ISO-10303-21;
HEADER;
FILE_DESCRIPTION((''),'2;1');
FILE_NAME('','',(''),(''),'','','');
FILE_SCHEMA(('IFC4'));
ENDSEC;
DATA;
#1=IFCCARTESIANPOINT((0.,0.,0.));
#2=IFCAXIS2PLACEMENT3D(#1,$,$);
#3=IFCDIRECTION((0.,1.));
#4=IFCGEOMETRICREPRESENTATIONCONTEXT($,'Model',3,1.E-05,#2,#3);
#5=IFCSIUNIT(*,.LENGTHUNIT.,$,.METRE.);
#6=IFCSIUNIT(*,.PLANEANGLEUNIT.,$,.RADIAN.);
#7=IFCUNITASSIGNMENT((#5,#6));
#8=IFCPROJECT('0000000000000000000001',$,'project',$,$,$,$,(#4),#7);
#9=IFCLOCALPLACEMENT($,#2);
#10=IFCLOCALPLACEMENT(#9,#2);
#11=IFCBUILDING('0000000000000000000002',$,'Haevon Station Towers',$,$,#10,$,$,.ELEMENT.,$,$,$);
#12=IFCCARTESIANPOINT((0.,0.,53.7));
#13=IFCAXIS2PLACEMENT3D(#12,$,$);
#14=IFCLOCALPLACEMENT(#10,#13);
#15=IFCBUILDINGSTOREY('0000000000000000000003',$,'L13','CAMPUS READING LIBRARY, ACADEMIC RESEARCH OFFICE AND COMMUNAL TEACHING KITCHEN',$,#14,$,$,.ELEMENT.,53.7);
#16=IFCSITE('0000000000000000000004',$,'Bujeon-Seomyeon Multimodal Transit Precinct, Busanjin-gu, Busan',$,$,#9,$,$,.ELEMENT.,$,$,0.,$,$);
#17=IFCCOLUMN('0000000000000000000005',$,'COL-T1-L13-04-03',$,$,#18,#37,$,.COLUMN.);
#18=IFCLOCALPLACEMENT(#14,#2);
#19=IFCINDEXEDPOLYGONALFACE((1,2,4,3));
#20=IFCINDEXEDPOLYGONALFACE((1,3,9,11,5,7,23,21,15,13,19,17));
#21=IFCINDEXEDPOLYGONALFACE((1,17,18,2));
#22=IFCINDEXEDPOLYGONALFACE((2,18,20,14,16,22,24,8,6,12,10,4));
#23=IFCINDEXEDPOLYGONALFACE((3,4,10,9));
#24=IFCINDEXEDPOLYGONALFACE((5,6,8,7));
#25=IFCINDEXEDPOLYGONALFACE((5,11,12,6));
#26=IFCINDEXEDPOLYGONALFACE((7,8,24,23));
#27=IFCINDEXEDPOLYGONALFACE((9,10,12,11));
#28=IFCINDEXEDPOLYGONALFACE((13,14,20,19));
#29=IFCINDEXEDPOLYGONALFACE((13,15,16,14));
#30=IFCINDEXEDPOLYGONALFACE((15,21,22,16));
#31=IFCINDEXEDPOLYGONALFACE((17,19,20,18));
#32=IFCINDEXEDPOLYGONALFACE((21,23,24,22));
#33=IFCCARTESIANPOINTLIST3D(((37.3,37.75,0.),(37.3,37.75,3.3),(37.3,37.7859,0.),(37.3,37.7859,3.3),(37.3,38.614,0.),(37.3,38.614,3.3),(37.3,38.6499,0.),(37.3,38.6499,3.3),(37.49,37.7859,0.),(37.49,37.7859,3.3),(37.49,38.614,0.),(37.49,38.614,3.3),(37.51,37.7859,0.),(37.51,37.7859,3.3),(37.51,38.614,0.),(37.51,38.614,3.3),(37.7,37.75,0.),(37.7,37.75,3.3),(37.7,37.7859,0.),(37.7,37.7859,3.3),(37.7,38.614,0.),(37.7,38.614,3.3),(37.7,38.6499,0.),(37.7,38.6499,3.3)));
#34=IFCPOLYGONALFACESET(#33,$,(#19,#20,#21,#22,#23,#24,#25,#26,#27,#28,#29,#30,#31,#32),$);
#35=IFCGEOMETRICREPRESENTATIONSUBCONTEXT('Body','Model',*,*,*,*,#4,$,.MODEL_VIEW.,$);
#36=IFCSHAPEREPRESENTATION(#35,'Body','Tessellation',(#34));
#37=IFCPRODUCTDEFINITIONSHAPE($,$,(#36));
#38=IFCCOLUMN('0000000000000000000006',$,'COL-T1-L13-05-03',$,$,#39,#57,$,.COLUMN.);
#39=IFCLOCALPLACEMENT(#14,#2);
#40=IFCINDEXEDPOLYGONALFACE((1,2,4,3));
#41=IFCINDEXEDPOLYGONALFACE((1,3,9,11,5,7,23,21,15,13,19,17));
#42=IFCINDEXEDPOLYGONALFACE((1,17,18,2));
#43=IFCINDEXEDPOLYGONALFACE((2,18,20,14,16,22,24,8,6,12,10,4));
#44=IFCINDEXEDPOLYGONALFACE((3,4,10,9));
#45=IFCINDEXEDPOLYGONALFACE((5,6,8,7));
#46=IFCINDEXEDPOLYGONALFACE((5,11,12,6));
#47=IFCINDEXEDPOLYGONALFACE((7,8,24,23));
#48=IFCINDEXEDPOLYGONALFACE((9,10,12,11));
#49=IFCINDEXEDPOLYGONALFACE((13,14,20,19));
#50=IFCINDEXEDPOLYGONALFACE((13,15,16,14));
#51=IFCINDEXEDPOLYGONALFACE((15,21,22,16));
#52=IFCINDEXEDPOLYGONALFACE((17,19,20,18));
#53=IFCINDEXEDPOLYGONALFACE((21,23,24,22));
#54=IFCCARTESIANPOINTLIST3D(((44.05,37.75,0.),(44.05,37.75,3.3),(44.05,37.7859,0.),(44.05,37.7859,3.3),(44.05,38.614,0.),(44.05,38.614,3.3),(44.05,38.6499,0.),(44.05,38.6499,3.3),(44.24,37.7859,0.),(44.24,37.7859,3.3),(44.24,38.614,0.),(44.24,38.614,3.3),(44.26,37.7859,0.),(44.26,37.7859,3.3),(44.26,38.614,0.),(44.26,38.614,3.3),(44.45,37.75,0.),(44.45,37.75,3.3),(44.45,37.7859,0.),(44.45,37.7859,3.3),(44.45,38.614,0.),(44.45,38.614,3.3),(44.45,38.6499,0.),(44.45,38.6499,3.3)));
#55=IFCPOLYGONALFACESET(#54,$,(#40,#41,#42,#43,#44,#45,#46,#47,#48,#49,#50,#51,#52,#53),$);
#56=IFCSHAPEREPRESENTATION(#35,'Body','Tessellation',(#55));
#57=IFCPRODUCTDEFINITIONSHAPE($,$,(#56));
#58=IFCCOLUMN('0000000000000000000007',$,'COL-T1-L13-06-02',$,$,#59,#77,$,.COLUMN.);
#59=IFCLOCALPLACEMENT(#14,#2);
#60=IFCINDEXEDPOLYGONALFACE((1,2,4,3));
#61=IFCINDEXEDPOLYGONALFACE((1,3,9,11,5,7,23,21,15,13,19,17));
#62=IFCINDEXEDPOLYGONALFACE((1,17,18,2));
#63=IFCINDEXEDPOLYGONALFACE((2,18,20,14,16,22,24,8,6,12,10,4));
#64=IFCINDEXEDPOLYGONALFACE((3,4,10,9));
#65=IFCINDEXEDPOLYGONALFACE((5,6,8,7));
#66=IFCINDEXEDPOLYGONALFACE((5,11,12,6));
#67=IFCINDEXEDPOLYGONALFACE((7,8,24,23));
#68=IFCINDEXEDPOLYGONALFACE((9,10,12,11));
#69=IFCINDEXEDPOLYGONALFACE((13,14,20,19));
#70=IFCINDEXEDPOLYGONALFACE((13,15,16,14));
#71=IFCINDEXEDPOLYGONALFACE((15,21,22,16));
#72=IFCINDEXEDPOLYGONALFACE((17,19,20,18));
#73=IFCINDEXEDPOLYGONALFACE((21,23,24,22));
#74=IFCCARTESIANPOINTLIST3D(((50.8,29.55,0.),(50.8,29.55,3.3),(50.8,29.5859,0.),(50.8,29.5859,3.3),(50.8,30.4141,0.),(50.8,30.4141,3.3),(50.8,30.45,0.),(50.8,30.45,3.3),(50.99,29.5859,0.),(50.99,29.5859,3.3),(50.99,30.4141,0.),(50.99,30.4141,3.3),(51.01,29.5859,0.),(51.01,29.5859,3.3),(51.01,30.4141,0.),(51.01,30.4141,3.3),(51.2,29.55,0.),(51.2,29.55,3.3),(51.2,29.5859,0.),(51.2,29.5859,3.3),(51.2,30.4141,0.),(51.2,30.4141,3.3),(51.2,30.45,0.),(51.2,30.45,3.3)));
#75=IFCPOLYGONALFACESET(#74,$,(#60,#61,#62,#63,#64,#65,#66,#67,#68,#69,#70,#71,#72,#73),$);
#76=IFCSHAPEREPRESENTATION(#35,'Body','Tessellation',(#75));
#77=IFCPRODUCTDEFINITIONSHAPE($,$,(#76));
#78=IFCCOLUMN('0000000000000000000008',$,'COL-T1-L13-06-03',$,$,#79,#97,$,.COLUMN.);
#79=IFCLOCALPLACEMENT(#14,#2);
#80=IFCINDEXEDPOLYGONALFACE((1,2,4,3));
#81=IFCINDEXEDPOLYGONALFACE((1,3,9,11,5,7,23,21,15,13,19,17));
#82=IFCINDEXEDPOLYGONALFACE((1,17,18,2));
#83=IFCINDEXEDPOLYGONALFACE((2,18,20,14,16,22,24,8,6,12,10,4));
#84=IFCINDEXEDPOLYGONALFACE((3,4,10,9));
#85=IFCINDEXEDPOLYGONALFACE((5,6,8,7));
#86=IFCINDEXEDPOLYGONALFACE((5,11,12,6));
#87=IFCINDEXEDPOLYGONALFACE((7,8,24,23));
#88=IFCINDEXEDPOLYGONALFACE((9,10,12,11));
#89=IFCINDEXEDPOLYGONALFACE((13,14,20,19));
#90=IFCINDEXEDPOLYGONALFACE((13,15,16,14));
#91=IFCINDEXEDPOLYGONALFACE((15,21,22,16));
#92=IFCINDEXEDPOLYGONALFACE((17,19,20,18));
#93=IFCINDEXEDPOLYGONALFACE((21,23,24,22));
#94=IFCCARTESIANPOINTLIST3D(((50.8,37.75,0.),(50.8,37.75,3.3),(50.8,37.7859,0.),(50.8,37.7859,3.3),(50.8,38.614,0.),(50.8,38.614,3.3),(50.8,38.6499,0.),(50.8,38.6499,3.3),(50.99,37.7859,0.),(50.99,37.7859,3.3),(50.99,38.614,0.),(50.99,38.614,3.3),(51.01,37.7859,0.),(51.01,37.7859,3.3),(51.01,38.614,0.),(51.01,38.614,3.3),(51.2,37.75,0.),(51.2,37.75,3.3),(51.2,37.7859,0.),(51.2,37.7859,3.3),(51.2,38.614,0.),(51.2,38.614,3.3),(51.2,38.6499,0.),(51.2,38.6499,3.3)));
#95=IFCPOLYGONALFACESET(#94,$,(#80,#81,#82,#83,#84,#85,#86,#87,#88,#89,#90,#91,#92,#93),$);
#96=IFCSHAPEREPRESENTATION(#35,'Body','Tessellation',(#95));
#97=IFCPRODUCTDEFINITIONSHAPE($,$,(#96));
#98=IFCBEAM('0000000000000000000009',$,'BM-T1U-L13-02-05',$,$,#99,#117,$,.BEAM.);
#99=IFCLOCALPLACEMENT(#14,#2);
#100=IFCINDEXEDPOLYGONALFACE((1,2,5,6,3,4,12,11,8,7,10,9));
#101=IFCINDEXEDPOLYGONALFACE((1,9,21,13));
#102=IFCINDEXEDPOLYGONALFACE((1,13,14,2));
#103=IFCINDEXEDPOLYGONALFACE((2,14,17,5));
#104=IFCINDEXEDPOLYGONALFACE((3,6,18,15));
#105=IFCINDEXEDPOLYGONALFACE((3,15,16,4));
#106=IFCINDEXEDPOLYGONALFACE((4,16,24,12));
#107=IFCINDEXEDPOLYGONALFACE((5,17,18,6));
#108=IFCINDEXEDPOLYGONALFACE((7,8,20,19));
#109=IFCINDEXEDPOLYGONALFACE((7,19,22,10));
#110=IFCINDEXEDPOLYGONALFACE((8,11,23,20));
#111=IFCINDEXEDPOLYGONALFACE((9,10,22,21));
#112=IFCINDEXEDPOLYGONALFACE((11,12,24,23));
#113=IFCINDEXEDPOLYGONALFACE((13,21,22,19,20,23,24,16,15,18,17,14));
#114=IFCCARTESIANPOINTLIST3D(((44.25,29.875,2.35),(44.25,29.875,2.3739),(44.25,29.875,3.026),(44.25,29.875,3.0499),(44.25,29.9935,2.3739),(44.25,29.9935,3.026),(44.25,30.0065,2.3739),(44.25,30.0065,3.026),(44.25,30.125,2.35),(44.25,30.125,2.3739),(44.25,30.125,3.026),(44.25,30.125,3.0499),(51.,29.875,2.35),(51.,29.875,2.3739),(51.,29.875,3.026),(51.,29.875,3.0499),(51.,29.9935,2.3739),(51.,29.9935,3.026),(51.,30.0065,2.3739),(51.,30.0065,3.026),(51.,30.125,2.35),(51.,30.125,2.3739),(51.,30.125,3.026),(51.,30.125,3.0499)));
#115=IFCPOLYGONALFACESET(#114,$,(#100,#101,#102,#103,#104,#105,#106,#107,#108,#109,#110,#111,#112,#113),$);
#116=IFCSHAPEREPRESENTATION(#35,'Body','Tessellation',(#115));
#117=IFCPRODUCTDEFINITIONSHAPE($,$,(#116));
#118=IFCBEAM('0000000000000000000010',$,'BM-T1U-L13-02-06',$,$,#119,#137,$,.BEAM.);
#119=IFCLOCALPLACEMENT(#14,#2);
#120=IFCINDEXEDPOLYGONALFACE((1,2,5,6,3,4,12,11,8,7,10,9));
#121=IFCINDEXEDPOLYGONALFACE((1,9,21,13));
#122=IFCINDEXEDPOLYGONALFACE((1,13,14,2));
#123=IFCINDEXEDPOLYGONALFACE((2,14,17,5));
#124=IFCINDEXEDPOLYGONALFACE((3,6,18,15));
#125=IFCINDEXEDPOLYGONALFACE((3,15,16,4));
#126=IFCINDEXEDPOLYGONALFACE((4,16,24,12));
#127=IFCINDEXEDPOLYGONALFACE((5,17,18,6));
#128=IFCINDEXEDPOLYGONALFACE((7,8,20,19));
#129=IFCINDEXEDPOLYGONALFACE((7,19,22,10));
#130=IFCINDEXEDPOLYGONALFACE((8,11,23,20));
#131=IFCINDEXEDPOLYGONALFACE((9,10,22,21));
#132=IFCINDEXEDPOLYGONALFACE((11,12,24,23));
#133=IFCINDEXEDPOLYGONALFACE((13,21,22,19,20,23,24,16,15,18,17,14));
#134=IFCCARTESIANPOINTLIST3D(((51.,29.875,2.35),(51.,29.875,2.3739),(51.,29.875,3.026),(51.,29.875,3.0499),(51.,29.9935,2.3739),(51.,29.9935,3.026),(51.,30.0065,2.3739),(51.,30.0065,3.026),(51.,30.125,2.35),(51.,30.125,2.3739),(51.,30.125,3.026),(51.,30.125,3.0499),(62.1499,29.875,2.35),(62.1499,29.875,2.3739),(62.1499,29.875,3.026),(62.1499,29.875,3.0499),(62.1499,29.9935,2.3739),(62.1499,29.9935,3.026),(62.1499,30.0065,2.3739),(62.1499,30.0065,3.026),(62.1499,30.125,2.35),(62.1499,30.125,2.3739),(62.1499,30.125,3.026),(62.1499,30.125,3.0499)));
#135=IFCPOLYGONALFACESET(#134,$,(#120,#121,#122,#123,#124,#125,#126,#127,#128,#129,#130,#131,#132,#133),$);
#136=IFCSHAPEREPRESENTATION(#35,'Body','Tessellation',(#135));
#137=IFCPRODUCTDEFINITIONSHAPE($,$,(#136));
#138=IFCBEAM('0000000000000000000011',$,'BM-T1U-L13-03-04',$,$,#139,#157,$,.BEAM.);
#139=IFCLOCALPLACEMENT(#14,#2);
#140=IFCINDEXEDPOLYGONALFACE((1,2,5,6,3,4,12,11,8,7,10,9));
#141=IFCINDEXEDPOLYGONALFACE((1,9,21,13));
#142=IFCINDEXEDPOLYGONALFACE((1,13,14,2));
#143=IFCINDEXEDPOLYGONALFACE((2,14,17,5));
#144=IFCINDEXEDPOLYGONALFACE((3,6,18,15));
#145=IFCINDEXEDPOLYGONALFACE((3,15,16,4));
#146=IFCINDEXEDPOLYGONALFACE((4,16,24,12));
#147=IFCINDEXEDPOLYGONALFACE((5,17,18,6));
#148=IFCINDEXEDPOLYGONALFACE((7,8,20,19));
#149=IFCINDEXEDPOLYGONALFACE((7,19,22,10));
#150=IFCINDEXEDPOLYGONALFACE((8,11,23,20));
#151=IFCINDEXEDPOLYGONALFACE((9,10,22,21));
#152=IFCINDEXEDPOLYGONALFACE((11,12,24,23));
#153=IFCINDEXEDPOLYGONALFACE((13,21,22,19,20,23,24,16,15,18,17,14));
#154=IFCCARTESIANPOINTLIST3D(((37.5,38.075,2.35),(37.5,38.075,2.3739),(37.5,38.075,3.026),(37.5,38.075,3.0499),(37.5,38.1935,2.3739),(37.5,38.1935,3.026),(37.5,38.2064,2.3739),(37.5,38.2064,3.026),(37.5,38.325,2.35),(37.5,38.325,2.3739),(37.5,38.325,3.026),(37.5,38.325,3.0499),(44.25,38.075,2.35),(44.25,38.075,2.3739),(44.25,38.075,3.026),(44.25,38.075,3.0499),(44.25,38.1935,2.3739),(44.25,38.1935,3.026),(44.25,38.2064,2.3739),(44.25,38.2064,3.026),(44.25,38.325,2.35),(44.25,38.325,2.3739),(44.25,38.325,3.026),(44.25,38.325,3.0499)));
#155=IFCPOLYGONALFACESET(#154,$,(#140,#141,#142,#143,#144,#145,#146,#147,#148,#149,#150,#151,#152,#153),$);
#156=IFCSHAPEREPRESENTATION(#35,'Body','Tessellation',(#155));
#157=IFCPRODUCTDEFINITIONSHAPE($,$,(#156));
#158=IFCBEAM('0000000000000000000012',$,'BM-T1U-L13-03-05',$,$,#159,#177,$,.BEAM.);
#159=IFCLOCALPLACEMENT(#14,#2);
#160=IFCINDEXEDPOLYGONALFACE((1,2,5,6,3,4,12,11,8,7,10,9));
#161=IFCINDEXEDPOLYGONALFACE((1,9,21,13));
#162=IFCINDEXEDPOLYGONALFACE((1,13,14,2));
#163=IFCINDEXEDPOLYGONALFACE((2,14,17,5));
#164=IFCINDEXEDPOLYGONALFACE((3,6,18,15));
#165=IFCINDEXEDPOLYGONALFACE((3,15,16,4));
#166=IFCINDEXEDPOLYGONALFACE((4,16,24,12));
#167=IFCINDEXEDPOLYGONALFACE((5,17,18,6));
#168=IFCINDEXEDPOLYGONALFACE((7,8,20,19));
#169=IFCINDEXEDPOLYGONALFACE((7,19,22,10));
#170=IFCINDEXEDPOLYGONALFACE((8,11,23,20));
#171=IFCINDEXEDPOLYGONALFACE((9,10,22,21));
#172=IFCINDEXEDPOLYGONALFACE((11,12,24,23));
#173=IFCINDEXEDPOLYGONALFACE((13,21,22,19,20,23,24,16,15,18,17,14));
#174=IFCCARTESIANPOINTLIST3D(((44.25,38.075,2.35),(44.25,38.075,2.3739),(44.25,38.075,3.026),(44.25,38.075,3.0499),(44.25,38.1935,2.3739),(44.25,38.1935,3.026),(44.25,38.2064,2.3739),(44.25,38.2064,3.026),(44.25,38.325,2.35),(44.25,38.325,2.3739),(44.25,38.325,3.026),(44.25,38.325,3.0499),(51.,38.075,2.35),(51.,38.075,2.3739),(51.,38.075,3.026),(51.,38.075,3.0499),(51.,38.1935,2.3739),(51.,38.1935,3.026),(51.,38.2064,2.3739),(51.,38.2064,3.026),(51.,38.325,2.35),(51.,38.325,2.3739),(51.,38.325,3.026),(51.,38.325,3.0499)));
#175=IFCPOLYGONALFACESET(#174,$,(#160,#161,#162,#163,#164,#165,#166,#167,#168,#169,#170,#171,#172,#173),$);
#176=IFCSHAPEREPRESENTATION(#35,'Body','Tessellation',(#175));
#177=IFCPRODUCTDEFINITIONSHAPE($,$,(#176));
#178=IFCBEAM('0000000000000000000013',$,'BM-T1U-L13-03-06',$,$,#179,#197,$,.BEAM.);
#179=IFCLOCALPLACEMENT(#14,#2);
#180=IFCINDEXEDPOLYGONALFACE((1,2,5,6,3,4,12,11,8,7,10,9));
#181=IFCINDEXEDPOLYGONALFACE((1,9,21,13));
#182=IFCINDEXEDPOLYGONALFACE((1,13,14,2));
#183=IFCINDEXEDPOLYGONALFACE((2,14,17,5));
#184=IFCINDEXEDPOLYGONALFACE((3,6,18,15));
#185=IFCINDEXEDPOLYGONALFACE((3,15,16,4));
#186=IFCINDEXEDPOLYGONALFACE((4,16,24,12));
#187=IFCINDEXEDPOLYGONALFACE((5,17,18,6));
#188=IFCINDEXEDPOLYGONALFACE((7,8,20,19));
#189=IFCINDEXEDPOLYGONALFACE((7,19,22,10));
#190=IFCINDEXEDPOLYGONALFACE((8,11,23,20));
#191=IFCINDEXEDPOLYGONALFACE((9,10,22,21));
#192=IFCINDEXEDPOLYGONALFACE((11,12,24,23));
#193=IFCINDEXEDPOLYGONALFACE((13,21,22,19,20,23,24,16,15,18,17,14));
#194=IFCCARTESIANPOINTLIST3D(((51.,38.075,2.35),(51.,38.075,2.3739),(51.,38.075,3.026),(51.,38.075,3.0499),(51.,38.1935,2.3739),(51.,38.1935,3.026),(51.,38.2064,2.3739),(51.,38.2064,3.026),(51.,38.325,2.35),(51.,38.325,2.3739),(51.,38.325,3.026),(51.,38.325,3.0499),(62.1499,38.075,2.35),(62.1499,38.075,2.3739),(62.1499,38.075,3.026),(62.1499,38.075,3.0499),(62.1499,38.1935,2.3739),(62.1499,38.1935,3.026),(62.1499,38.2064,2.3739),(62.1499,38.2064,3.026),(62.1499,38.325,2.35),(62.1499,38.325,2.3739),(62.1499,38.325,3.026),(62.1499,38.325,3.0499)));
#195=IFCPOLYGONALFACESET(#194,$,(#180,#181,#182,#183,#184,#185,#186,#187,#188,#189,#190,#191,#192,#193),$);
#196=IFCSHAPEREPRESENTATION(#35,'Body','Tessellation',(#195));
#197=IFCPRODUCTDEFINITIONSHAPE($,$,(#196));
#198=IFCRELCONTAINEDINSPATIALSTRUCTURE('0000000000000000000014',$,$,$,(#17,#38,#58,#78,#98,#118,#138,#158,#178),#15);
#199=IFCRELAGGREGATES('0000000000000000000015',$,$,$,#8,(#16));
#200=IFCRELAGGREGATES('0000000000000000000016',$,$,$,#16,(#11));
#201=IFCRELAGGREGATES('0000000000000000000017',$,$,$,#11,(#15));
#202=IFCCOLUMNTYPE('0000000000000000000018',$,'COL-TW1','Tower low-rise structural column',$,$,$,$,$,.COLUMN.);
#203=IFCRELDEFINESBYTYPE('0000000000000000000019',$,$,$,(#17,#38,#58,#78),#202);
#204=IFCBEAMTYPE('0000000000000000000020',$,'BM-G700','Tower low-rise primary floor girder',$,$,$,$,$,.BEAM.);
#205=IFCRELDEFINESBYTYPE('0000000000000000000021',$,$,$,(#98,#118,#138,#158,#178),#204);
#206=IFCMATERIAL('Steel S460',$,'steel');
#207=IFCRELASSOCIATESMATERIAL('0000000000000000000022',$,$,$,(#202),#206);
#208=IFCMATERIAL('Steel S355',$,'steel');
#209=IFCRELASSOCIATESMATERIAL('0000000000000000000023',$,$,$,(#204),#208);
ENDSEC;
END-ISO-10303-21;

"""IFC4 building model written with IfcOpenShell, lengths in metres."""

from ifc_helpers import new_model, si_unit, direction, frame, origin, origin_2d, place, context, subcontext, project, spatial, i_section, extrude, material, material_profile, profile_set, type_object, element, save


model = new_model("IFC4")

# Units and contexts
model_context = context("Model", 3, precision=1e-05, world=origin(), true_north=direction((0.0, 1.0)))
body_context = subcontext(model_context, "Body", "Model", "MODEL_VIEW")
ifc_project = project(units=[si_unit("LENGTHUNIT", "METRE"), si_unit("PLANEANGLEUNIT", "RADIAN")], contexts=[model_context])

# Site, building, storey
site_placement = place(None, origin())
site = spatial("IfcSite", under=ifc_project, at=site_placement, Name="Bujeon-Seomyeon Multimodal Transit Precinct, Busanjin-gu, Busan", CompositionType="ELEMENT", RefElevation=0.0)
building_placement = place(site_placement, origin())
building = spatial("IfcBuilding", under=site, at=building_placement, Name="Haevon Station Towers", CompositionType="ELEMENT")
storey_placement = place(building_placement, frame((0.0, 0.0, 53.7)))
storey = spatial("IfcBuildingStorey", under=building, at=storey_placement, Name="L13", Description="CAMPUS READING LIBRARY, ACADEMIC RESEARCH OFFICE AND COMMUNAL TEACHING KITCHEN", CompositionType="ELEMENT", Elevation=53.7)

# Columns
ifc_material_1 = material(Name="Steel S460", Category="steel")
ifc_material_profile_1 = material_profile(ifc_material_1, i_section(OverallWidth=0.3999, OverallDepth=0.8999, WebThickness=0.02, FlangeThickness=0.0359, at=origin_2d()), Name="H-900x400x20x36")
ifc_profile_set_1 = profile_set([ifc_material_profile_1], Name="Steel S460")
column_type = type_object("IfcColumnType", Name="COL-TW1", Description="Tower low-rise structural column", PredefinedType="COLUMN", material=ifc_profile_set_1)
for number, where, z_axis, x_axis, name in (
    (1, (37.5, 38.2, 0.0), (0.0, 0.0, 1.0), (1.0, 0.0, 0.0), "COL-T1-L13-04-03"),
    (2, (44.25, 38.2, 0.0), (0.0, 0.0, 1.0), (1.0, 0.0, 0.0), "COL-T1-L13-05-03"),
    (3, (51.0, 30.0, 0.0), (0.0, 0.0, 1.0), (1.0, 0.0, 0.0), "COL-T1-L13-06-02"),
    (4, (51.0, 38.2, 0.0), (0.0, 0.0, 1.0), (1.0, 0.0, 0.0), "COL-T1-L13-06-03"),
):
    element("IfcColumn", number, at=place(storey_placement, frame(where, z_axis=z_axis, x_axis=x_axis)), inside=storey, type_object=column_type, Name=name, PredefinedType="COLUMN", context=body_context, shape_type="SweptSolid", body=[
        extrude(i_section(OverallWidth=0.3999, OverallDepth=0.8999, WebThickness=0.02, FlangeThickness=0.0359, at=origin_2d()), origin(), (0.0, 0.0, 1.0), 3.3),
    ])

# Beams
ifc_material_2 = material(Name="Steel S355", Category="steel")
ifc_material_profile_2 = material_profile(ifc_material_2, i_section(OverallWidth=0.25, OverallDepth=0.7, WebThickness=0.0129, FlangeThickness=0.0239, at=origin_2d()), Name="H-700x250x13x24")
ifc_profile_set_2 = profile_set([ifc_material_profile_2], Name="Steel S355")
beam_type_1 = type_object("IfcBeamType", Name="BM-G700", Description="Tower low-rise primary floor girder", PredefinedType="BEAM", material=ifc_profile_set_2)
beam_1_placement = place(storey_placement, frame((44.25, 30.0, 2.7), z_axis=(1.0, 0.0, 0.0), x_axis=(0.0, 1.0, 0.0)))
element("IfcBeam", 5, at=beam_1_placement, inside=storey, type_object=beam_type_1, Name="BM-T1U-L13-02-05", PredefinedType="BEAM", context=body_context, shape_type="SweptSolid", body=[
    extrude(i_section(OverallWidth=0.25, OverallDepth=0.7, WebThickness=0.0129, FlangeThickness=0.0239, at=origin_2d()), origin(), (0.0, 0.0, 1.0), 6.75),
])
beam_2_placement = place(storey_placement, frame((51.0, 30.0, 2.7), z_axis=(1.0, 0.0, 0.0), x_axis=(0.0, 1.0, 0.0)))
element("IfcBeam", 6, at=beam_2_placement, inside=storey, type_object=beam_type_1, Name="BM-T1U-L13-02-06", PredefinedType="BEAM", context=body_context, shape_type="SweptSolid", body=[
    extrude(i_section(OverallWidth=0.25, OverallDepth=0.7, WebThickness=0.0129, FlangeThickness=0.0239, at=origin_2d()), origin(), (0.0, 0.0, 1.0), 11.1499),
])
for number, where, z_axis, x_axis, name in (
    (7, (37.5, 38.2, 2.7), (1.0, 0.0, 0.0), (0.0, 1.0, 0.0), "BM-T1U-L13-03-04"),
    (8, (44.25, 38.2, 2.7), (1.0, 0.0, 0.0), (0.0, 1.0, 0.0), "BM-T1U-L13-03-05"),
):
    element("IfcBeam", number, at=place(storey_placement, frame(where, z_axis=z_axis, x_axis=x_axis)), inside=storey, type_object=beam_type_1, Name=name, PredefinedType="BEAM", context=body_context, shape_type="SweptSolid", body=[
        extrude(i_section(OverallWidth=0.25, OverallDepth=0.7, WebThickness=0.0129, FlangeThickness=0.0239, at=origin_2d()), origin(), (0.0, 0.0, 1.0), 6.75),
    ])
beam_3_placement = place(storey_placement, frame((51.0, 38.2, 2.7), z_axis=(1.0, 0.0, 0.0), x_axis=(0.0, 1.0, 0.0)))
element("IfcBeam", 9, at=beam_3_placement, inside=storey, type_object=beam_type_1, Name="BM-T1U-L13-03-06", PredefinedType="BEAM", context=body_context, shape_type="SweptSolid", body=[
    extrude(i_section(OverallWidth=0.25, OverallDepth=0.7, WebThickness=0.0129, FlangeThickness=0.0239, at=origin_2d()), origin(), (0.0, 0.0, 1.0), 11.1499),
])

save(model, "model.ifc")
